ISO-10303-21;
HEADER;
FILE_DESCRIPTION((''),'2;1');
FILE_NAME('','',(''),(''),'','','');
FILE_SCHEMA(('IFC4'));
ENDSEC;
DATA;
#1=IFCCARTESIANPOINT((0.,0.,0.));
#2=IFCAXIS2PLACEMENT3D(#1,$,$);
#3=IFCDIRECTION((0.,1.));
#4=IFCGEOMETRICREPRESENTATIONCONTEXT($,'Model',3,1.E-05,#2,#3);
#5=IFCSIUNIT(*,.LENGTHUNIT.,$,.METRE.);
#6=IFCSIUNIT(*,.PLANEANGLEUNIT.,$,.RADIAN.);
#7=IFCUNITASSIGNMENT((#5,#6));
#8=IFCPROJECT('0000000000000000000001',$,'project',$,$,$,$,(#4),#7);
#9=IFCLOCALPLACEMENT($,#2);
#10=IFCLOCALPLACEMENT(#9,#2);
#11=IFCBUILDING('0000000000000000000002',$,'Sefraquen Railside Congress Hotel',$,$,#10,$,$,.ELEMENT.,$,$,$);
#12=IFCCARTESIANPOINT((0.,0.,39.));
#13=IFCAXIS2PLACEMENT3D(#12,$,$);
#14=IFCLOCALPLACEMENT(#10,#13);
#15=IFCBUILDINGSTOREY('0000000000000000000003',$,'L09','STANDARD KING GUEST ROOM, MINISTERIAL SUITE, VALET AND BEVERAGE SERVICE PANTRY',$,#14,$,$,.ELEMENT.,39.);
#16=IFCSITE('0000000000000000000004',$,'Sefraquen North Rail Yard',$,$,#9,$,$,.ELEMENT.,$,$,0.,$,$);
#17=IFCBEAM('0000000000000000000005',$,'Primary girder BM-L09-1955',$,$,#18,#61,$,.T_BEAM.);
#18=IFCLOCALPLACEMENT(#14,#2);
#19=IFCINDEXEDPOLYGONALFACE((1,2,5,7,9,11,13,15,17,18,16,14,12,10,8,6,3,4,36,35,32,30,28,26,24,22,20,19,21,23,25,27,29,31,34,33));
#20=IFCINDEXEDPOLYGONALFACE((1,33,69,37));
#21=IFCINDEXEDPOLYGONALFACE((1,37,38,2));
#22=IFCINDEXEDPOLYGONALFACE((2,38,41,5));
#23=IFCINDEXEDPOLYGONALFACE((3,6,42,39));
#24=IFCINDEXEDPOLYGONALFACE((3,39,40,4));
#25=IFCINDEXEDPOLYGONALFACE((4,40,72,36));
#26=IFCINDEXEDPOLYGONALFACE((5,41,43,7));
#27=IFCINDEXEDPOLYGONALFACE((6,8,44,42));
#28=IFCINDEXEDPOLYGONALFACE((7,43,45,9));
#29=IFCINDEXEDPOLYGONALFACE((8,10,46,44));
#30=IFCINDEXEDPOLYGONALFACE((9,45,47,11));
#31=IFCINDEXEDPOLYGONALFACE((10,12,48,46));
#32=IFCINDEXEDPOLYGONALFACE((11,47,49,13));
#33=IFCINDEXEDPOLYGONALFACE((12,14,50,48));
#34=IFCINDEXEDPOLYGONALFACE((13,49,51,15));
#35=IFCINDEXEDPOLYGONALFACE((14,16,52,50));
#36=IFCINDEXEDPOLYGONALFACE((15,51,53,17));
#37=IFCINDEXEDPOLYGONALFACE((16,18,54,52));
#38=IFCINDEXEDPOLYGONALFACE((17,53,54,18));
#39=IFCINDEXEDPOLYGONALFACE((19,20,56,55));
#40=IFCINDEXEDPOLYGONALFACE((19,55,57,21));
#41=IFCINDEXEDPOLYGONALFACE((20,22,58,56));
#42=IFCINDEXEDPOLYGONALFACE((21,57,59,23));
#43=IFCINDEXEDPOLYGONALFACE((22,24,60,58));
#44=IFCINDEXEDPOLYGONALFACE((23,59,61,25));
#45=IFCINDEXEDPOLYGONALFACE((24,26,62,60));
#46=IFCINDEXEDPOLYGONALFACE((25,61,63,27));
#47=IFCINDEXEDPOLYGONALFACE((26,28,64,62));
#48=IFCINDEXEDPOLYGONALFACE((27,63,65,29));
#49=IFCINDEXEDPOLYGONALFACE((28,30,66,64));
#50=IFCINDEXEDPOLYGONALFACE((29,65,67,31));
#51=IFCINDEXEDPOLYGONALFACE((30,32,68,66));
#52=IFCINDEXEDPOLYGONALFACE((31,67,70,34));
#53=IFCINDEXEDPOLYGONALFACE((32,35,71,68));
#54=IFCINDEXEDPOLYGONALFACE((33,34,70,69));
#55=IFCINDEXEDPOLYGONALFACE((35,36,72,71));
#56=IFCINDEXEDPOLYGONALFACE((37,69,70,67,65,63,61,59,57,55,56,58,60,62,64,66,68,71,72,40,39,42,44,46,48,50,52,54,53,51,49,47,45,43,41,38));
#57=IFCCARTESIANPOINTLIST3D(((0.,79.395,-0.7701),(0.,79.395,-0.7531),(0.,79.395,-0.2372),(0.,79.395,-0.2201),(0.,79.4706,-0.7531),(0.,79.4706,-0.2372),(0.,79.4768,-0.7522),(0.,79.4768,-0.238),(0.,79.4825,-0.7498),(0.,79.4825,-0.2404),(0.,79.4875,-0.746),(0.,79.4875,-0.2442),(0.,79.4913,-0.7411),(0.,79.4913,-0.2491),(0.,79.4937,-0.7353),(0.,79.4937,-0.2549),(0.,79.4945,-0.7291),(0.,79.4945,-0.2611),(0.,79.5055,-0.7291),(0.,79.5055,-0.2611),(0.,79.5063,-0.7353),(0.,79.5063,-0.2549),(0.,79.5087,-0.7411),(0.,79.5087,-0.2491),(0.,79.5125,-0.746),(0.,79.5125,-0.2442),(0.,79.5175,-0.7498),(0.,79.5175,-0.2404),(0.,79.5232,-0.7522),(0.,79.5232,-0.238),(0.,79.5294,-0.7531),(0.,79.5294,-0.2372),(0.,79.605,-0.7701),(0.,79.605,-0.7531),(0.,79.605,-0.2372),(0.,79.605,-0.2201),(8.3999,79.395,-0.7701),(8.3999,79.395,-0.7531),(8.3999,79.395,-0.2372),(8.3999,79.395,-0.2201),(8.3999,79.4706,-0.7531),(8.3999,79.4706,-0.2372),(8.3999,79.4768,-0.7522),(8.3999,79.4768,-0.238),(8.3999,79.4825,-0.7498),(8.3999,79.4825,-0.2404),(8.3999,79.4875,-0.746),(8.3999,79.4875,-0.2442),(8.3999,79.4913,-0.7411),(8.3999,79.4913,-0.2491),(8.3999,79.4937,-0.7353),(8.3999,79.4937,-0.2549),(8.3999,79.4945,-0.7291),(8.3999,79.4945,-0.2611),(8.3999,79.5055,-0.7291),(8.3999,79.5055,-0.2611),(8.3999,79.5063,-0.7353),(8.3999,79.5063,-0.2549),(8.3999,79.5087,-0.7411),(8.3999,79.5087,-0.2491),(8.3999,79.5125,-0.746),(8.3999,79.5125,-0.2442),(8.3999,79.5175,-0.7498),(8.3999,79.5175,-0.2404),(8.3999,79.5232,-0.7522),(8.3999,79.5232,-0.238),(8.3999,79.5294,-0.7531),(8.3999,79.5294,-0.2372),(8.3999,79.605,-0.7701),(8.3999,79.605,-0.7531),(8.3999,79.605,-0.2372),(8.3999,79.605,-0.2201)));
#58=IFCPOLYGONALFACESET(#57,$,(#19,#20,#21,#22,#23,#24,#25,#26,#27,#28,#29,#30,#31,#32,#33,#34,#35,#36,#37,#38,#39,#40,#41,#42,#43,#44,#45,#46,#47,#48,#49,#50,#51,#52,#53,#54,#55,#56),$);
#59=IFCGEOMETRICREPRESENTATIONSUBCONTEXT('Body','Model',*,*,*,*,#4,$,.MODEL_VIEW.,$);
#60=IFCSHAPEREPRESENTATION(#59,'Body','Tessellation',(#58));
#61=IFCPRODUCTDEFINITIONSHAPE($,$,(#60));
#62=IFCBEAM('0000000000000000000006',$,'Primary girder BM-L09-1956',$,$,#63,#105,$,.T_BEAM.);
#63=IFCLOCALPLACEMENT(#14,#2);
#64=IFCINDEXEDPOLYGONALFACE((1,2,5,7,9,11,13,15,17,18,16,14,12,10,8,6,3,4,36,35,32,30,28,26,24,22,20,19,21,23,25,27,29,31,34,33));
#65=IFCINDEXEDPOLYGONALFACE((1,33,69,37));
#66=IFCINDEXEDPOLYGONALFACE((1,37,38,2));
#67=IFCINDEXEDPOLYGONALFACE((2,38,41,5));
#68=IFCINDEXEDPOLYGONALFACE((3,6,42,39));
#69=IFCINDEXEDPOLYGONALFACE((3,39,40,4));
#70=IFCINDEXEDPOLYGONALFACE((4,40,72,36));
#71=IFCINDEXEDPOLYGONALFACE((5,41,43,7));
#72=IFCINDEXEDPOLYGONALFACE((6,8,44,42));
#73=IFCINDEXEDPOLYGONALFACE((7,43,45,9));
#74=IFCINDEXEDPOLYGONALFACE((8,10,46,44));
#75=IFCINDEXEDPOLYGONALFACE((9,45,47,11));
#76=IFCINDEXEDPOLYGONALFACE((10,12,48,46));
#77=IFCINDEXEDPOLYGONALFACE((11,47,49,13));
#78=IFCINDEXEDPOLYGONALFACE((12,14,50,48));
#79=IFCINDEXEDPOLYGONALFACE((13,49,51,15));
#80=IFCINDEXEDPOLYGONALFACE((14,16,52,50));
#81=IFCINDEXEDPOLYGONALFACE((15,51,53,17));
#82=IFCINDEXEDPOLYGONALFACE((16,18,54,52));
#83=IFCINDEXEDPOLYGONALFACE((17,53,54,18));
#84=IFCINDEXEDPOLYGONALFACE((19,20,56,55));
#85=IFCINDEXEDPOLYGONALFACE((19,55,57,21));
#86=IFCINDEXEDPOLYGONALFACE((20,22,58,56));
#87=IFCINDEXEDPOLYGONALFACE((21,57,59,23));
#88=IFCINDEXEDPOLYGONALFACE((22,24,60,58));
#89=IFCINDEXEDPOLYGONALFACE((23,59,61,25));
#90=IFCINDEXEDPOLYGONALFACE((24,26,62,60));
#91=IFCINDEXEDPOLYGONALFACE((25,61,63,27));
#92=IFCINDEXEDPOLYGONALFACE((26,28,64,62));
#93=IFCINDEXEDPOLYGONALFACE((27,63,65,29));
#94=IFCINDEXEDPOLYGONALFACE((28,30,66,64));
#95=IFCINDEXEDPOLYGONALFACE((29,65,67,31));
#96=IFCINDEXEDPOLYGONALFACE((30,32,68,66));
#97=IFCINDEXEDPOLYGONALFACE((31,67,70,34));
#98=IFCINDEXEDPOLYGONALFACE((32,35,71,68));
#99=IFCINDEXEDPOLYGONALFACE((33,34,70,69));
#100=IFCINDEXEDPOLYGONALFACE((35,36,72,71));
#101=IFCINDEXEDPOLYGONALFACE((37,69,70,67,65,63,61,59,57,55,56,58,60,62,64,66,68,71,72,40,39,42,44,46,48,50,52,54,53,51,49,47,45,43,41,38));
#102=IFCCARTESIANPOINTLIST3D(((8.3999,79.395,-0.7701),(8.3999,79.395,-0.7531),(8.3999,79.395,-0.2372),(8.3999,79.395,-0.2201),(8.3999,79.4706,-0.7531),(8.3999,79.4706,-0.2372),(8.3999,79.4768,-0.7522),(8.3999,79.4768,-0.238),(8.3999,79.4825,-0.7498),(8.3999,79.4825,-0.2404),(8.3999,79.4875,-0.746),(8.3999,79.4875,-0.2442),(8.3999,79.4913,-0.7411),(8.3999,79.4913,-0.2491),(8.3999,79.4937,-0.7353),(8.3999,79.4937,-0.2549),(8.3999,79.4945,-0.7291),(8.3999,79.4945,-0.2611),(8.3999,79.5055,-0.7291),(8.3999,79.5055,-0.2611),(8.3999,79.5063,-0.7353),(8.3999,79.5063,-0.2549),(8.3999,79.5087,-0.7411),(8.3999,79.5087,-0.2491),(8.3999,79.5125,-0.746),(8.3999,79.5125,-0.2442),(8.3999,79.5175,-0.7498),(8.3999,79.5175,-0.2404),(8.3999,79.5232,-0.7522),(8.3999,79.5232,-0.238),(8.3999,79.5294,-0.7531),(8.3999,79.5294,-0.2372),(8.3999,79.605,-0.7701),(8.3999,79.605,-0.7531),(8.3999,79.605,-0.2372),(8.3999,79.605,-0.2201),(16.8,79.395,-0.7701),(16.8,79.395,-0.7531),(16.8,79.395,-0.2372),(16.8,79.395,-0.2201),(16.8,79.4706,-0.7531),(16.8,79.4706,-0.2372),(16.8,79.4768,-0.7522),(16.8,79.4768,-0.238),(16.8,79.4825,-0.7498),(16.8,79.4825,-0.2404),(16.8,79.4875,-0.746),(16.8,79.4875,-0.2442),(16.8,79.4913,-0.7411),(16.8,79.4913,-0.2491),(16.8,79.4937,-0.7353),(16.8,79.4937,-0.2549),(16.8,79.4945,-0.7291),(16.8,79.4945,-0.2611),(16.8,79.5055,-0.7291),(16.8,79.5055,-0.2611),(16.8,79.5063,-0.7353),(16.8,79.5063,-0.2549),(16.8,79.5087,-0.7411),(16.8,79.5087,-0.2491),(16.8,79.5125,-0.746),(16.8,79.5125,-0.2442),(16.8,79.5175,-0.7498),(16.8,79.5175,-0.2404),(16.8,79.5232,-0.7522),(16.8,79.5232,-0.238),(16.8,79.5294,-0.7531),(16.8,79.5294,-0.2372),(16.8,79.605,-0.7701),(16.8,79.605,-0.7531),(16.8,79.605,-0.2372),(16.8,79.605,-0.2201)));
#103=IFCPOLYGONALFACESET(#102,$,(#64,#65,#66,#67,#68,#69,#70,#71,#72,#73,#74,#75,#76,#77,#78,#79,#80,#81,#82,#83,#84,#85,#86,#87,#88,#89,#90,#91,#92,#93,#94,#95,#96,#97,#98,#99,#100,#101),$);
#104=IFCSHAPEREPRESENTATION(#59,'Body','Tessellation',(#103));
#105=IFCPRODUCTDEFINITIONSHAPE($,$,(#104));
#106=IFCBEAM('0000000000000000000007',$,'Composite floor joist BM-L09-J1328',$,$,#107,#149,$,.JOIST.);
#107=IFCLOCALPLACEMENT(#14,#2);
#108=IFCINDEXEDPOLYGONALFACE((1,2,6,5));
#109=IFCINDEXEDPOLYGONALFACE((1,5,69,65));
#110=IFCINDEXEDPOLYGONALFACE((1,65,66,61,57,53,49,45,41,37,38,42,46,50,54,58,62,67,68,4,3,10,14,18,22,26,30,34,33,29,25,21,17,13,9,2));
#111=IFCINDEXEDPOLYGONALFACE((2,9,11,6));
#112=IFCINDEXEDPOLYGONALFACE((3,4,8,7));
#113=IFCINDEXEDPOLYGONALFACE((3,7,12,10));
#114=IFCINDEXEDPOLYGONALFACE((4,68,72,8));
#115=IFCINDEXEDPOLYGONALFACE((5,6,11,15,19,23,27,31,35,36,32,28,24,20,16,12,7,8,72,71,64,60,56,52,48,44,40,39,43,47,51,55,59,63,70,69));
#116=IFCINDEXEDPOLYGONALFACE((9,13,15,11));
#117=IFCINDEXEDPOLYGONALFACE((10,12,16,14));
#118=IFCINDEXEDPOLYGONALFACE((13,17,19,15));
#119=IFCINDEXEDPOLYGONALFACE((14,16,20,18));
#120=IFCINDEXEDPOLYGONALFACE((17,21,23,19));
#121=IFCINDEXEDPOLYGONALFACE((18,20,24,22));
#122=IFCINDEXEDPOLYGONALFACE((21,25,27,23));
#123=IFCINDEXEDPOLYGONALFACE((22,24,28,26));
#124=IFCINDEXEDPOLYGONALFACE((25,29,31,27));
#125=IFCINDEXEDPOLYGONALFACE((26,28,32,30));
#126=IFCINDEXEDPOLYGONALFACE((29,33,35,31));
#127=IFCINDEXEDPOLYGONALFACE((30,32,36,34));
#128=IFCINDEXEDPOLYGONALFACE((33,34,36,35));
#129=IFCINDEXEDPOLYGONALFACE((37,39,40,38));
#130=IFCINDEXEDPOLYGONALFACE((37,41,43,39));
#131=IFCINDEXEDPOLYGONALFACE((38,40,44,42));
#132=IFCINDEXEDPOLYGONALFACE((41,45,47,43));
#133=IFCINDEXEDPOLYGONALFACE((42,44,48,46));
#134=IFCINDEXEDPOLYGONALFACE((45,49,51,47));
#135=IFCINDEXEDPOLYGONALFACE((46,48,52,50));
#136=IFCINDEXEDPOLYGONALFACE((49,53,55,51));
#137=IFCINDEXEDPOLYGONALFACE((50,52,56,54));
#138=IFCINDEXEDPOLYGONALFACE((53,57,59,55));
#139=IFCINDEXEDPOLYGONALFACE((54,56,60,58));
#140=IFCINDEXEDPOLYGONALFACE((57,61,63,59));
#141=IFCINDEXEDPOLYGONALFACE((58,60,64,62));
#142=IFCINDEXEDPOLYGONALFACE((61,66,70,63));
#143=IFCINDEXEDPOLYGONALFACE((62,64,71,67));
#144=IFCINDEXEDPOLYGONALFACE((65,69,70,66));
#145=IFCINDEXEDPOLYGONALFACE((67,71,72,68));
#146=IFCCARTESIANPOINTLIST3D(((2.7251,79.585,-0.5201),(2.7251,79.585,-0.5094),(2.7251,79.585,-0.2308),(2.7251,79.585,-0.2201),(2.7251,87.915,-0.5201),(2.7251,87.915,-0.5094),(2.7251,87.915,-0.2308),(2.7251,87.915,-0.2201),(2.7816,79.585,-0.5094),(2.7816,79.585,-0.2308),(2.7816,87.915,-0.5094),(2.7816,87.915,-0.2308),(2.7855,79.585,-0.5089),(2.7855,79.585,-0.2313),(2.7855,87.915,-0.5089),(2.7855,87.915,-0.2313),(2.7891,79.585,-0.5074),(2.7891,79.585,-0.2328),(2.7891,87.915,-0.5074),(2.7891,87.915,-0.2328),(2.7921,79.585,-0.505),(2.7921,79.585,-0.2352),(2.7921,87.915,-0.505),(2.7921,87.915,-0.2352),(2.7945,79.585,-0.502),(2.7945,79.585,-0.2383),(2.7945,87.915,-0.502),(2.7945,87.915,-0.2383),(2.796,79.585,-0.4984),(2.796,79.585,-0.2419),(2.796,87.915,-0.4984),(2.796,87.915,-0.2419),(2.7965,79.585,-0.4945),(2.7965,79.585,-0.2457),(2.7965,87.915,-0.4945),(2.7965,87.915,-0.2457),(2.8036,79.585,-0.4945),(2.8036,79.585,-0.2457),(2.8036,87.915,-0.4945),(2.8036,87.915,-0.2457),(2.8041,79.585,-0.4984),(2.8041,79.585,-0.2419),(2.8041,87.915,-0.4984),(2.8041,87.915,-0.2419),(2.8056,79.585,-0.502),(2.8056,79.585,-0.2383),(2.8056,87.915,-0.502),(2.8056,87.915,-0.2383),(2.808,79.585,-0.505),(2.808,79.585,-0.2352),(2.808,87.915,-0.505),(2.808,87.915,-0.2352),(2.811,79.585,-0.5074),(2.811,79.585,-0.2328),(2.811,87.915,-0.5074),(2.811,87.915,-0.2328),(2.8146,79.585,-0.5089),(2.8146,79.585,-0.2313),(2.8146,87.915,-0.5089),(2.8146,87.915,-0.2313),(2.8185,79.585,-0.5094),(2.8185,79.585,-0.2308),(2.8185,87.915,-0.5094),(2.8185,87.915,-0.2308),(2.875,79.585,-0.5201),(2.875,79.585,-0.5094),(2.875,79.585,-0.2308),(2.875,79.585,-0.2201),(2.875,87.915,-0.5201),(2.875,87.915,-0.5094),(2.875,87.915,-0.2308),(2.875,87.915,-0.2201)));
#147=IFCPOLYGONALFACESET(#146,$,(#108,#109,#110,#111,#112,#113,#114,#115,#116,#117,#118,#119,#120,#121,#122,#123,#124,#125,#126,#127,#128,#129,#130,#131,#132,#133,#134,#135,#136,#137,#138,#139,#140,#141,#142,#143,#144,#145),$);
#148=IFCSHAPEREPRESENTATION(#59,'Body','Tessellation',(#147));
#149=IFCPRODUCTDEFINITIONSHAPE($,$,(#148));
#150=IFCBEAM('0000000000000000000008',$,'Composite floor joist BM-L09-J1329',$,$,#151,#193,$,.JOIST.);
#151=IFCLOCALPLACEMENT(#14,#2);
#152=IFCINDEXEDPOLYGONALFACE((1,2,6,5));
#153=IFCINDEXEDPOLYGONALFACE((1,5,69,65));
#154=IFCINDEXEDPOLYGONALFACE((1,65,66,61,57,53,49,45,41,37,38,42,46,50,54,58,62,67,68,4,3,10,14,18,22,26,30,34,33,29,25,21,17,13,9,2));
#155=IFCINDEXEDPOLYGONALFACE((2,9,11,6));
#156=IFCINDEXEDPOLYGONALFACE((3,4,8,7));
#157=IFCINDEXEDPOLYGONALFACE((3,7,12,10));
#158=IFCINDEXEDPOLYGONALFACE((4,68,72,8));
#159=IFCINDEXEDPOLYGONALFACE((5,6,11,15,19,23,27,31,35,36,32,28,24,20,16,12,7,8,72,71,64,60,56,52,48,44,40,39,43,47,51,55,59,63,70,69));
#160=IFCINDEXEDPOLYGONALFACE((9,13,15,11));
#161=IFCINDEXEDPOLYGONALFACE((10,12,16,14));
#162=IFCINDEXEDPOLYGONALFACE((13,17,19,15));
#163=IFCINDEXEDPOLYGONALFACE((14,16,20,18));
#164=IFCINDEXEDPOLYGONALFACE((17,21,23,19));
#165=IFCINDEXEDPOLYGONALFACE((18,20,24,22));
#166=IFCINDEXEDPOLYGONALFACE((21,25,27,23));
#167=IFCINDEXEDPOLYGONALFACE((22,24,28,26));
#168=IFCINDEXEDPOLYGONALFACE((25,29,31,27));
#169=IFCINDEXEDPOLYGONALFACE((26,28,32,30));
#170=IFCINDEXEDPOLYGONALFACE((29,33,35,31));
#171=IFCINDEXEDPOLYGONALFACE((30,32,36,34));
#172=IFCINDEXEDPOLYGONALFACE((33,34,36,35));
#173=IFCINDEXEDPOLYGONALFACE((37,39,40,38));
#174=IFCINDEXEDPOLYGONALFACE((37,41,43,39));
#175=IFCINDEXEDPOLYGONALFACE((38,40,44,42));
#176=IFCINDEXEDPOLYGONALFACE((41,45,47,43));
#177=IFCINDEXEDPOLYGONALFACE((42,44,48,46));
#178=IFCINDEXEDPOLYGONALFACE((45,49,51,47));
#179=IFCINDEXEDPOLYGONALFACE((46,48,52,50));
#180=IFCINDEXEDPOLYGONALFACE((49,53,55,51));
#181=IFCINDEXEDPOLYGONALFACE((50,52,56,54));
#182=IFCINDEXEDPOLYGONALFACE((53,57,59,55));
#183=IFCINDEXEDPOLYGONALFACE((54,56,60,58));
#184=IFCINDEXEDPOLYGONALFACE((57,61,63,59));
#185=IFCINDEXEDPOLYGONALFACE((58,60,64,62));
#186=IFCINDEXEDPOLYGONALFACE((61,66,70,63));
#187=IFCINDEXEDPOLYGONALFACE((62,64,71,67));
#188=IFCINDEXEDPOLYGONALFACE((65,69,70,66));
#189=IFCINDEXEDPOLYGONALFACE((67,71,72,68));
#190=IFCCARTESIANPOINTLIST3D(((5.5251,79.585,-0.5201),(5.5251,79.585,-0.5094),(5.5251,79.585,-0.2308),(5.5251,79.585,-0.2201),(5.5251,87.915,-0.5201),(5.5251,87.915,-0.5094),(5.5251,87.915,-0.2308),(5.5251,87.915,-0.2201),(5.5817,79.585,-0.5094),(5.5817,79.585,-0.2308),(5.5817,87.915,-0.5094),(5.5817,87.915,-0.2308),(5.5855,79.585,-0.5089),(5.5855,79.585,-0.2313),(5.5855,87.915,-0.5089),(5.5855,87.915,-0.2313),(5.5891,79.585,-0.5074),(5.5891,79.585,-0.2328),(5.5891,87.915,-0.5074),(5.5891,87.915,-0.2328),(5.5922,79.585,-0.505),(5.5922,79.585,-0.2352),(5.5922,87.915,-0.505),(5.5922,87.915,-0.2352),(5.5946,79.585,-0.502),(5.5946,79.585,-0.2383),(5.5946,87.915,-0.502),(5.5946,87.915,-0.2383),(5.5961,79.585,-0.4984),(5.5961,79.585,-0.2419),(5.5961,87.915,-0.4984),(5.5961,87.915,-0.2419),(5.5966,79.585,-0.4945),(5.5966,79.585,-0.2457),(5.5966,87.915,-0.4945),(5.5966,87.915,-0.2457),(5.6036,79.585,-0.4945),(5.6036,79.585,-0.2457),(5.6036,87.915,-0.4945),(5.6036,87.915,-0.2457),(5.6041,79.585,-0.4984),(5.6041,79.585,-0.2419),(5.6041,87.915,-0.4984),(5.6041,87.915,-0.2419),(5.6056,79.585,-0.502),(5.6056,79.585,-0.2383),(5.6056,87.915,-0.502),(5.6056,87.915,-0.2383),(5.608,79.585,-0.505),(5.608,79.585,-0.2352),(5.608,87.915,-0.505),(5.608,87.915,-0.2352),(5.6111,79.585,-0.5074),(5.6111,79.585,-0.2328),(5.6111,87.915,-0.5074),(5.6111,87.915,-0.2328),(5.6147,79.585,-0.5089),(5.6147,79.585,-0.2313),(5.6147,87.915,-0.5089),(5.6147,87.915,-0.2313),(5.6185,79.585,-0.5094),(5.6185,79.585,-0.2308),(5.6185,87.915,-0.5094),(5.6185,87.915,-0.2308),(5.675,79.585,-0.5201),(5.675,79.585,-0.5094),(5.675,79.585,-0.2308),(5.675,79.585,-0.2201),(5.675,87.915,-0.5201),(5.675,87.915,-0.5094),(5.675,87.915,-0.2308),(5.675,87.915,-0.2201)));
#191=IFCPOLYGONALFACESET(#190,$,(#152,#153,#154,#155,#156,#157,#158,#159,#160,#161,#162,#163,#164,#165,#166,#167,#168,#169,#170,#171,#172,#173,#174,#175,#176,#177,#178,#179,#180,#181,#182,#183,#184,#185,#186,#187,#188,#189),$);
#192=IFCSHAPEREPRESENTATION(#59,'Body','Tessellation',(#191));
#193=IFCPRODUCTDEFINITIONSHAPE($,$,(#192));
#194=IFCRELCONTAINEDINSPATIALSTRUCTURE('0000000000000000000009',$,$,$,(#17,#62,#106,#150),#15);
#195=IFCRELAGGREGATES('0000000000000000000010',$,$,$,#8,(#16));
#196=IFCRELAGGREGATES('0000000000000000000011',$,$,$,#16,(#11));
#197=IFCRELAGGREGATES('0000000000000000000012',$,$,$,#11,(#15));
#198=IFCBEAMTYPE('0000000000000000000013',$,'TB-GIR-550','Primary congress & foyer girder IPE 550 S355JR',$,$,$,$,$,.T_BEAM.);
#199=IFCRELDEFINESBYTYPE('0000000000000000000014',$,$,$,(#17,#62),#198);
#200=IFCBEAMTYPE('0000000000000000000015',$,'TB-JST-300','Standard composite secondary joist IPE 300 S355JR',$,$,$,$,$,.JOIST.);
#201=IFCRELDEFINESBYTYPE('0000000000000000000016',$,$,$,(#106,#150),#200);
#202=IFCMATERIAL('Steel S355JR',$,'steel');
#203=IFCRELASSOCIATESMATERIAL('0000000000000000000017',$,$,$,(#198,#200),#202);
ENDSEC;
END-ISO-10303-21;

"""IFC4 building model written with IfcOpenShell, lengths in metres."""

from ifc_helpers import new_model, si_unit, direction, frame, origin, origin_2d, place, context, subcontext, project, spatial, i_section, extrude, material, material_profile, profile_set, type_object, element, save


model = new_model("IFC4")

# Units and contexts
model_context = context("Model", 3, precision=1e-05, world=origin(), true_north=direction((0.0, 1.0)))
body_context = subcontext(model_context, "Body", "Model", "MODEL_VIEW")
ifc_project = project(units=[si_unit("LENGTHUNIT", "METRE"), si_unit("PLANEANGLEUNIT", "RADIAN")], contexts=[model_context])

# Site, building, storey
site_placement = place(None, origin())
site = spatial("IfcSite", under=ifc_project, at=site_placement, Name="Sefraquen North Rail Yard", CompositionType="ELEMENT", RefElevation=0.0)
building_placement = place(site_placement, origin())
building = spatial("IfcBuilding", under=site, at=building_placement, Name="Sefraquen Railside Congress Hotel", CompositionType="ELEMENT")
storey_placement = place(building_placement, frame((0.0, 0.0, 39.0)))
storey = spatial("IfcBuildingStorey", under=building, at=storey_placement, Name="L09", Description="STANDARD KING GUEST ROOM, MINISTERIAL SUITE, VALET AND BEVERAGE SERVICE PANTRY", CompositionType="ELEMENT", Elevation=39.0)

# Shared definitions
ifc_material_1 = material(Name="Steel S355JR", Category="steel")

# Beams
ifc_material_profile_1 = material_profile(ifc_material_1, i_section(OverallWidth=0.21, OverallDepth=0.55, WebThickness=0.011, FlangeThickness=0.0171, FilletRadius=0.0239, at=origin_2d()), Name="IPE 550")
ifc_profile_set_1 = profile_set([ifc_material_profile_1], Name="Steel S355JR")
beam_type_1 = type_object("IfcBeamType", Name="TB-GIR-550", Description="Primary congress & foyer girder IPE 550 S355JR", PredefinedType="T_BEAM", material=ifc_profile_set_1)
beam_1_placement = place(storey_placement, frame((0.0, 79.5, -0.4951), z_axis=(1.0, 0.0, 0.0), x_axis=(0.0, 1.0, 0.0)))
element("IfcBeam", 1, at=beam_1_placement, inside=storey, type_object=beam_type_1, Name="Primary girder BM-L09-1955", PredefinedType="T_BEAM", context=body_context, shape_type="SweptSolid", body=[
    extrude(i_section(OverallWidth=0.21, OverallDepth=0.55, WebThickness=0.011, FlangeThickness=0.0171, FilletRadius=0.0239, at=origin_2d()), origin(), (0.0, 0.0, 1.0), 8.3999),
])
beam_2_placement = place(storey_placement, frame((8.3999, 79.5, -0.4951), z_axis=(1.0, 0.0, 0.0), x_axis=(0.0, 1.0, 0.0)))
element("IfcBeam", 2, at=beam_2_placement, inside=storey, type_object=beam_type_1, Name="Primary girder BM-L09-1956", PredefinedType="T_BEAM", context=body_context, shape_type="SweptSolid", body=[
    extrude(i_section(OverallWidth=0.21, OverallDepth=0.55, WebThickness=0.011, FlangeThickness=0.0171, FilletRadius=0.0239, at=origin_2d()), origin(), (0.0, 0.0, 1.0), 8.4001),
])
ifc_material_profile_2 = material_profile(ifc_material_1, i_section(OverallWidth=0.1499, OverallDepth=0.3, WebThickness=0.0071, FlangeThickness=0.0107, FilletRadius=0.0149, at=origin_2d()), Name="IPE 300")
ifc_profile_set_2 = profile_set([ifc_material_profile_2], Name="Steel S355JR")
beam_type_2 = type_object("IfcBeamType", Name="TB-JST-300", Description="Standard composite secondary joist IPE 300 S355JR", PredefinedType="JOIST", material=ifc_profile_set_2)
for number, where, z_axis, x_axis, name in (
    (3, (2.8, 79.585, -0.3701), (0.0, 1.0, 0.0), (-1.0, 0.0, 0.0), "Composite floor joist BM-L09-J1328"),
    (4, (5.6001, 79.585, -0.3701), (0.0, 1.0, 0.0), (-1.0, 0.0, 0.0), "Composite floor joist BM-L09-J1329"),
):
    element("IfcBeam", number, at=place(storey_placement, frame(where, z_axis=z_axis, x_axis=x_axis)), inside=storey, type_object=beam_type_2, Name=name, PredefinedType="JOIST", context=body_context, shape_type="SweptSolid", body=[
        extrude(i_section(OverallWidth=0.1499, OverallDepth=0.3, WebThickness=0.0071, FlangeThickness=0.0107, FilletRadius=0.0149, at=origin_2d()), origin(), (0.0, 0.0, 1.0), 8.3301),
    ])

save(model, "model.ifc")
